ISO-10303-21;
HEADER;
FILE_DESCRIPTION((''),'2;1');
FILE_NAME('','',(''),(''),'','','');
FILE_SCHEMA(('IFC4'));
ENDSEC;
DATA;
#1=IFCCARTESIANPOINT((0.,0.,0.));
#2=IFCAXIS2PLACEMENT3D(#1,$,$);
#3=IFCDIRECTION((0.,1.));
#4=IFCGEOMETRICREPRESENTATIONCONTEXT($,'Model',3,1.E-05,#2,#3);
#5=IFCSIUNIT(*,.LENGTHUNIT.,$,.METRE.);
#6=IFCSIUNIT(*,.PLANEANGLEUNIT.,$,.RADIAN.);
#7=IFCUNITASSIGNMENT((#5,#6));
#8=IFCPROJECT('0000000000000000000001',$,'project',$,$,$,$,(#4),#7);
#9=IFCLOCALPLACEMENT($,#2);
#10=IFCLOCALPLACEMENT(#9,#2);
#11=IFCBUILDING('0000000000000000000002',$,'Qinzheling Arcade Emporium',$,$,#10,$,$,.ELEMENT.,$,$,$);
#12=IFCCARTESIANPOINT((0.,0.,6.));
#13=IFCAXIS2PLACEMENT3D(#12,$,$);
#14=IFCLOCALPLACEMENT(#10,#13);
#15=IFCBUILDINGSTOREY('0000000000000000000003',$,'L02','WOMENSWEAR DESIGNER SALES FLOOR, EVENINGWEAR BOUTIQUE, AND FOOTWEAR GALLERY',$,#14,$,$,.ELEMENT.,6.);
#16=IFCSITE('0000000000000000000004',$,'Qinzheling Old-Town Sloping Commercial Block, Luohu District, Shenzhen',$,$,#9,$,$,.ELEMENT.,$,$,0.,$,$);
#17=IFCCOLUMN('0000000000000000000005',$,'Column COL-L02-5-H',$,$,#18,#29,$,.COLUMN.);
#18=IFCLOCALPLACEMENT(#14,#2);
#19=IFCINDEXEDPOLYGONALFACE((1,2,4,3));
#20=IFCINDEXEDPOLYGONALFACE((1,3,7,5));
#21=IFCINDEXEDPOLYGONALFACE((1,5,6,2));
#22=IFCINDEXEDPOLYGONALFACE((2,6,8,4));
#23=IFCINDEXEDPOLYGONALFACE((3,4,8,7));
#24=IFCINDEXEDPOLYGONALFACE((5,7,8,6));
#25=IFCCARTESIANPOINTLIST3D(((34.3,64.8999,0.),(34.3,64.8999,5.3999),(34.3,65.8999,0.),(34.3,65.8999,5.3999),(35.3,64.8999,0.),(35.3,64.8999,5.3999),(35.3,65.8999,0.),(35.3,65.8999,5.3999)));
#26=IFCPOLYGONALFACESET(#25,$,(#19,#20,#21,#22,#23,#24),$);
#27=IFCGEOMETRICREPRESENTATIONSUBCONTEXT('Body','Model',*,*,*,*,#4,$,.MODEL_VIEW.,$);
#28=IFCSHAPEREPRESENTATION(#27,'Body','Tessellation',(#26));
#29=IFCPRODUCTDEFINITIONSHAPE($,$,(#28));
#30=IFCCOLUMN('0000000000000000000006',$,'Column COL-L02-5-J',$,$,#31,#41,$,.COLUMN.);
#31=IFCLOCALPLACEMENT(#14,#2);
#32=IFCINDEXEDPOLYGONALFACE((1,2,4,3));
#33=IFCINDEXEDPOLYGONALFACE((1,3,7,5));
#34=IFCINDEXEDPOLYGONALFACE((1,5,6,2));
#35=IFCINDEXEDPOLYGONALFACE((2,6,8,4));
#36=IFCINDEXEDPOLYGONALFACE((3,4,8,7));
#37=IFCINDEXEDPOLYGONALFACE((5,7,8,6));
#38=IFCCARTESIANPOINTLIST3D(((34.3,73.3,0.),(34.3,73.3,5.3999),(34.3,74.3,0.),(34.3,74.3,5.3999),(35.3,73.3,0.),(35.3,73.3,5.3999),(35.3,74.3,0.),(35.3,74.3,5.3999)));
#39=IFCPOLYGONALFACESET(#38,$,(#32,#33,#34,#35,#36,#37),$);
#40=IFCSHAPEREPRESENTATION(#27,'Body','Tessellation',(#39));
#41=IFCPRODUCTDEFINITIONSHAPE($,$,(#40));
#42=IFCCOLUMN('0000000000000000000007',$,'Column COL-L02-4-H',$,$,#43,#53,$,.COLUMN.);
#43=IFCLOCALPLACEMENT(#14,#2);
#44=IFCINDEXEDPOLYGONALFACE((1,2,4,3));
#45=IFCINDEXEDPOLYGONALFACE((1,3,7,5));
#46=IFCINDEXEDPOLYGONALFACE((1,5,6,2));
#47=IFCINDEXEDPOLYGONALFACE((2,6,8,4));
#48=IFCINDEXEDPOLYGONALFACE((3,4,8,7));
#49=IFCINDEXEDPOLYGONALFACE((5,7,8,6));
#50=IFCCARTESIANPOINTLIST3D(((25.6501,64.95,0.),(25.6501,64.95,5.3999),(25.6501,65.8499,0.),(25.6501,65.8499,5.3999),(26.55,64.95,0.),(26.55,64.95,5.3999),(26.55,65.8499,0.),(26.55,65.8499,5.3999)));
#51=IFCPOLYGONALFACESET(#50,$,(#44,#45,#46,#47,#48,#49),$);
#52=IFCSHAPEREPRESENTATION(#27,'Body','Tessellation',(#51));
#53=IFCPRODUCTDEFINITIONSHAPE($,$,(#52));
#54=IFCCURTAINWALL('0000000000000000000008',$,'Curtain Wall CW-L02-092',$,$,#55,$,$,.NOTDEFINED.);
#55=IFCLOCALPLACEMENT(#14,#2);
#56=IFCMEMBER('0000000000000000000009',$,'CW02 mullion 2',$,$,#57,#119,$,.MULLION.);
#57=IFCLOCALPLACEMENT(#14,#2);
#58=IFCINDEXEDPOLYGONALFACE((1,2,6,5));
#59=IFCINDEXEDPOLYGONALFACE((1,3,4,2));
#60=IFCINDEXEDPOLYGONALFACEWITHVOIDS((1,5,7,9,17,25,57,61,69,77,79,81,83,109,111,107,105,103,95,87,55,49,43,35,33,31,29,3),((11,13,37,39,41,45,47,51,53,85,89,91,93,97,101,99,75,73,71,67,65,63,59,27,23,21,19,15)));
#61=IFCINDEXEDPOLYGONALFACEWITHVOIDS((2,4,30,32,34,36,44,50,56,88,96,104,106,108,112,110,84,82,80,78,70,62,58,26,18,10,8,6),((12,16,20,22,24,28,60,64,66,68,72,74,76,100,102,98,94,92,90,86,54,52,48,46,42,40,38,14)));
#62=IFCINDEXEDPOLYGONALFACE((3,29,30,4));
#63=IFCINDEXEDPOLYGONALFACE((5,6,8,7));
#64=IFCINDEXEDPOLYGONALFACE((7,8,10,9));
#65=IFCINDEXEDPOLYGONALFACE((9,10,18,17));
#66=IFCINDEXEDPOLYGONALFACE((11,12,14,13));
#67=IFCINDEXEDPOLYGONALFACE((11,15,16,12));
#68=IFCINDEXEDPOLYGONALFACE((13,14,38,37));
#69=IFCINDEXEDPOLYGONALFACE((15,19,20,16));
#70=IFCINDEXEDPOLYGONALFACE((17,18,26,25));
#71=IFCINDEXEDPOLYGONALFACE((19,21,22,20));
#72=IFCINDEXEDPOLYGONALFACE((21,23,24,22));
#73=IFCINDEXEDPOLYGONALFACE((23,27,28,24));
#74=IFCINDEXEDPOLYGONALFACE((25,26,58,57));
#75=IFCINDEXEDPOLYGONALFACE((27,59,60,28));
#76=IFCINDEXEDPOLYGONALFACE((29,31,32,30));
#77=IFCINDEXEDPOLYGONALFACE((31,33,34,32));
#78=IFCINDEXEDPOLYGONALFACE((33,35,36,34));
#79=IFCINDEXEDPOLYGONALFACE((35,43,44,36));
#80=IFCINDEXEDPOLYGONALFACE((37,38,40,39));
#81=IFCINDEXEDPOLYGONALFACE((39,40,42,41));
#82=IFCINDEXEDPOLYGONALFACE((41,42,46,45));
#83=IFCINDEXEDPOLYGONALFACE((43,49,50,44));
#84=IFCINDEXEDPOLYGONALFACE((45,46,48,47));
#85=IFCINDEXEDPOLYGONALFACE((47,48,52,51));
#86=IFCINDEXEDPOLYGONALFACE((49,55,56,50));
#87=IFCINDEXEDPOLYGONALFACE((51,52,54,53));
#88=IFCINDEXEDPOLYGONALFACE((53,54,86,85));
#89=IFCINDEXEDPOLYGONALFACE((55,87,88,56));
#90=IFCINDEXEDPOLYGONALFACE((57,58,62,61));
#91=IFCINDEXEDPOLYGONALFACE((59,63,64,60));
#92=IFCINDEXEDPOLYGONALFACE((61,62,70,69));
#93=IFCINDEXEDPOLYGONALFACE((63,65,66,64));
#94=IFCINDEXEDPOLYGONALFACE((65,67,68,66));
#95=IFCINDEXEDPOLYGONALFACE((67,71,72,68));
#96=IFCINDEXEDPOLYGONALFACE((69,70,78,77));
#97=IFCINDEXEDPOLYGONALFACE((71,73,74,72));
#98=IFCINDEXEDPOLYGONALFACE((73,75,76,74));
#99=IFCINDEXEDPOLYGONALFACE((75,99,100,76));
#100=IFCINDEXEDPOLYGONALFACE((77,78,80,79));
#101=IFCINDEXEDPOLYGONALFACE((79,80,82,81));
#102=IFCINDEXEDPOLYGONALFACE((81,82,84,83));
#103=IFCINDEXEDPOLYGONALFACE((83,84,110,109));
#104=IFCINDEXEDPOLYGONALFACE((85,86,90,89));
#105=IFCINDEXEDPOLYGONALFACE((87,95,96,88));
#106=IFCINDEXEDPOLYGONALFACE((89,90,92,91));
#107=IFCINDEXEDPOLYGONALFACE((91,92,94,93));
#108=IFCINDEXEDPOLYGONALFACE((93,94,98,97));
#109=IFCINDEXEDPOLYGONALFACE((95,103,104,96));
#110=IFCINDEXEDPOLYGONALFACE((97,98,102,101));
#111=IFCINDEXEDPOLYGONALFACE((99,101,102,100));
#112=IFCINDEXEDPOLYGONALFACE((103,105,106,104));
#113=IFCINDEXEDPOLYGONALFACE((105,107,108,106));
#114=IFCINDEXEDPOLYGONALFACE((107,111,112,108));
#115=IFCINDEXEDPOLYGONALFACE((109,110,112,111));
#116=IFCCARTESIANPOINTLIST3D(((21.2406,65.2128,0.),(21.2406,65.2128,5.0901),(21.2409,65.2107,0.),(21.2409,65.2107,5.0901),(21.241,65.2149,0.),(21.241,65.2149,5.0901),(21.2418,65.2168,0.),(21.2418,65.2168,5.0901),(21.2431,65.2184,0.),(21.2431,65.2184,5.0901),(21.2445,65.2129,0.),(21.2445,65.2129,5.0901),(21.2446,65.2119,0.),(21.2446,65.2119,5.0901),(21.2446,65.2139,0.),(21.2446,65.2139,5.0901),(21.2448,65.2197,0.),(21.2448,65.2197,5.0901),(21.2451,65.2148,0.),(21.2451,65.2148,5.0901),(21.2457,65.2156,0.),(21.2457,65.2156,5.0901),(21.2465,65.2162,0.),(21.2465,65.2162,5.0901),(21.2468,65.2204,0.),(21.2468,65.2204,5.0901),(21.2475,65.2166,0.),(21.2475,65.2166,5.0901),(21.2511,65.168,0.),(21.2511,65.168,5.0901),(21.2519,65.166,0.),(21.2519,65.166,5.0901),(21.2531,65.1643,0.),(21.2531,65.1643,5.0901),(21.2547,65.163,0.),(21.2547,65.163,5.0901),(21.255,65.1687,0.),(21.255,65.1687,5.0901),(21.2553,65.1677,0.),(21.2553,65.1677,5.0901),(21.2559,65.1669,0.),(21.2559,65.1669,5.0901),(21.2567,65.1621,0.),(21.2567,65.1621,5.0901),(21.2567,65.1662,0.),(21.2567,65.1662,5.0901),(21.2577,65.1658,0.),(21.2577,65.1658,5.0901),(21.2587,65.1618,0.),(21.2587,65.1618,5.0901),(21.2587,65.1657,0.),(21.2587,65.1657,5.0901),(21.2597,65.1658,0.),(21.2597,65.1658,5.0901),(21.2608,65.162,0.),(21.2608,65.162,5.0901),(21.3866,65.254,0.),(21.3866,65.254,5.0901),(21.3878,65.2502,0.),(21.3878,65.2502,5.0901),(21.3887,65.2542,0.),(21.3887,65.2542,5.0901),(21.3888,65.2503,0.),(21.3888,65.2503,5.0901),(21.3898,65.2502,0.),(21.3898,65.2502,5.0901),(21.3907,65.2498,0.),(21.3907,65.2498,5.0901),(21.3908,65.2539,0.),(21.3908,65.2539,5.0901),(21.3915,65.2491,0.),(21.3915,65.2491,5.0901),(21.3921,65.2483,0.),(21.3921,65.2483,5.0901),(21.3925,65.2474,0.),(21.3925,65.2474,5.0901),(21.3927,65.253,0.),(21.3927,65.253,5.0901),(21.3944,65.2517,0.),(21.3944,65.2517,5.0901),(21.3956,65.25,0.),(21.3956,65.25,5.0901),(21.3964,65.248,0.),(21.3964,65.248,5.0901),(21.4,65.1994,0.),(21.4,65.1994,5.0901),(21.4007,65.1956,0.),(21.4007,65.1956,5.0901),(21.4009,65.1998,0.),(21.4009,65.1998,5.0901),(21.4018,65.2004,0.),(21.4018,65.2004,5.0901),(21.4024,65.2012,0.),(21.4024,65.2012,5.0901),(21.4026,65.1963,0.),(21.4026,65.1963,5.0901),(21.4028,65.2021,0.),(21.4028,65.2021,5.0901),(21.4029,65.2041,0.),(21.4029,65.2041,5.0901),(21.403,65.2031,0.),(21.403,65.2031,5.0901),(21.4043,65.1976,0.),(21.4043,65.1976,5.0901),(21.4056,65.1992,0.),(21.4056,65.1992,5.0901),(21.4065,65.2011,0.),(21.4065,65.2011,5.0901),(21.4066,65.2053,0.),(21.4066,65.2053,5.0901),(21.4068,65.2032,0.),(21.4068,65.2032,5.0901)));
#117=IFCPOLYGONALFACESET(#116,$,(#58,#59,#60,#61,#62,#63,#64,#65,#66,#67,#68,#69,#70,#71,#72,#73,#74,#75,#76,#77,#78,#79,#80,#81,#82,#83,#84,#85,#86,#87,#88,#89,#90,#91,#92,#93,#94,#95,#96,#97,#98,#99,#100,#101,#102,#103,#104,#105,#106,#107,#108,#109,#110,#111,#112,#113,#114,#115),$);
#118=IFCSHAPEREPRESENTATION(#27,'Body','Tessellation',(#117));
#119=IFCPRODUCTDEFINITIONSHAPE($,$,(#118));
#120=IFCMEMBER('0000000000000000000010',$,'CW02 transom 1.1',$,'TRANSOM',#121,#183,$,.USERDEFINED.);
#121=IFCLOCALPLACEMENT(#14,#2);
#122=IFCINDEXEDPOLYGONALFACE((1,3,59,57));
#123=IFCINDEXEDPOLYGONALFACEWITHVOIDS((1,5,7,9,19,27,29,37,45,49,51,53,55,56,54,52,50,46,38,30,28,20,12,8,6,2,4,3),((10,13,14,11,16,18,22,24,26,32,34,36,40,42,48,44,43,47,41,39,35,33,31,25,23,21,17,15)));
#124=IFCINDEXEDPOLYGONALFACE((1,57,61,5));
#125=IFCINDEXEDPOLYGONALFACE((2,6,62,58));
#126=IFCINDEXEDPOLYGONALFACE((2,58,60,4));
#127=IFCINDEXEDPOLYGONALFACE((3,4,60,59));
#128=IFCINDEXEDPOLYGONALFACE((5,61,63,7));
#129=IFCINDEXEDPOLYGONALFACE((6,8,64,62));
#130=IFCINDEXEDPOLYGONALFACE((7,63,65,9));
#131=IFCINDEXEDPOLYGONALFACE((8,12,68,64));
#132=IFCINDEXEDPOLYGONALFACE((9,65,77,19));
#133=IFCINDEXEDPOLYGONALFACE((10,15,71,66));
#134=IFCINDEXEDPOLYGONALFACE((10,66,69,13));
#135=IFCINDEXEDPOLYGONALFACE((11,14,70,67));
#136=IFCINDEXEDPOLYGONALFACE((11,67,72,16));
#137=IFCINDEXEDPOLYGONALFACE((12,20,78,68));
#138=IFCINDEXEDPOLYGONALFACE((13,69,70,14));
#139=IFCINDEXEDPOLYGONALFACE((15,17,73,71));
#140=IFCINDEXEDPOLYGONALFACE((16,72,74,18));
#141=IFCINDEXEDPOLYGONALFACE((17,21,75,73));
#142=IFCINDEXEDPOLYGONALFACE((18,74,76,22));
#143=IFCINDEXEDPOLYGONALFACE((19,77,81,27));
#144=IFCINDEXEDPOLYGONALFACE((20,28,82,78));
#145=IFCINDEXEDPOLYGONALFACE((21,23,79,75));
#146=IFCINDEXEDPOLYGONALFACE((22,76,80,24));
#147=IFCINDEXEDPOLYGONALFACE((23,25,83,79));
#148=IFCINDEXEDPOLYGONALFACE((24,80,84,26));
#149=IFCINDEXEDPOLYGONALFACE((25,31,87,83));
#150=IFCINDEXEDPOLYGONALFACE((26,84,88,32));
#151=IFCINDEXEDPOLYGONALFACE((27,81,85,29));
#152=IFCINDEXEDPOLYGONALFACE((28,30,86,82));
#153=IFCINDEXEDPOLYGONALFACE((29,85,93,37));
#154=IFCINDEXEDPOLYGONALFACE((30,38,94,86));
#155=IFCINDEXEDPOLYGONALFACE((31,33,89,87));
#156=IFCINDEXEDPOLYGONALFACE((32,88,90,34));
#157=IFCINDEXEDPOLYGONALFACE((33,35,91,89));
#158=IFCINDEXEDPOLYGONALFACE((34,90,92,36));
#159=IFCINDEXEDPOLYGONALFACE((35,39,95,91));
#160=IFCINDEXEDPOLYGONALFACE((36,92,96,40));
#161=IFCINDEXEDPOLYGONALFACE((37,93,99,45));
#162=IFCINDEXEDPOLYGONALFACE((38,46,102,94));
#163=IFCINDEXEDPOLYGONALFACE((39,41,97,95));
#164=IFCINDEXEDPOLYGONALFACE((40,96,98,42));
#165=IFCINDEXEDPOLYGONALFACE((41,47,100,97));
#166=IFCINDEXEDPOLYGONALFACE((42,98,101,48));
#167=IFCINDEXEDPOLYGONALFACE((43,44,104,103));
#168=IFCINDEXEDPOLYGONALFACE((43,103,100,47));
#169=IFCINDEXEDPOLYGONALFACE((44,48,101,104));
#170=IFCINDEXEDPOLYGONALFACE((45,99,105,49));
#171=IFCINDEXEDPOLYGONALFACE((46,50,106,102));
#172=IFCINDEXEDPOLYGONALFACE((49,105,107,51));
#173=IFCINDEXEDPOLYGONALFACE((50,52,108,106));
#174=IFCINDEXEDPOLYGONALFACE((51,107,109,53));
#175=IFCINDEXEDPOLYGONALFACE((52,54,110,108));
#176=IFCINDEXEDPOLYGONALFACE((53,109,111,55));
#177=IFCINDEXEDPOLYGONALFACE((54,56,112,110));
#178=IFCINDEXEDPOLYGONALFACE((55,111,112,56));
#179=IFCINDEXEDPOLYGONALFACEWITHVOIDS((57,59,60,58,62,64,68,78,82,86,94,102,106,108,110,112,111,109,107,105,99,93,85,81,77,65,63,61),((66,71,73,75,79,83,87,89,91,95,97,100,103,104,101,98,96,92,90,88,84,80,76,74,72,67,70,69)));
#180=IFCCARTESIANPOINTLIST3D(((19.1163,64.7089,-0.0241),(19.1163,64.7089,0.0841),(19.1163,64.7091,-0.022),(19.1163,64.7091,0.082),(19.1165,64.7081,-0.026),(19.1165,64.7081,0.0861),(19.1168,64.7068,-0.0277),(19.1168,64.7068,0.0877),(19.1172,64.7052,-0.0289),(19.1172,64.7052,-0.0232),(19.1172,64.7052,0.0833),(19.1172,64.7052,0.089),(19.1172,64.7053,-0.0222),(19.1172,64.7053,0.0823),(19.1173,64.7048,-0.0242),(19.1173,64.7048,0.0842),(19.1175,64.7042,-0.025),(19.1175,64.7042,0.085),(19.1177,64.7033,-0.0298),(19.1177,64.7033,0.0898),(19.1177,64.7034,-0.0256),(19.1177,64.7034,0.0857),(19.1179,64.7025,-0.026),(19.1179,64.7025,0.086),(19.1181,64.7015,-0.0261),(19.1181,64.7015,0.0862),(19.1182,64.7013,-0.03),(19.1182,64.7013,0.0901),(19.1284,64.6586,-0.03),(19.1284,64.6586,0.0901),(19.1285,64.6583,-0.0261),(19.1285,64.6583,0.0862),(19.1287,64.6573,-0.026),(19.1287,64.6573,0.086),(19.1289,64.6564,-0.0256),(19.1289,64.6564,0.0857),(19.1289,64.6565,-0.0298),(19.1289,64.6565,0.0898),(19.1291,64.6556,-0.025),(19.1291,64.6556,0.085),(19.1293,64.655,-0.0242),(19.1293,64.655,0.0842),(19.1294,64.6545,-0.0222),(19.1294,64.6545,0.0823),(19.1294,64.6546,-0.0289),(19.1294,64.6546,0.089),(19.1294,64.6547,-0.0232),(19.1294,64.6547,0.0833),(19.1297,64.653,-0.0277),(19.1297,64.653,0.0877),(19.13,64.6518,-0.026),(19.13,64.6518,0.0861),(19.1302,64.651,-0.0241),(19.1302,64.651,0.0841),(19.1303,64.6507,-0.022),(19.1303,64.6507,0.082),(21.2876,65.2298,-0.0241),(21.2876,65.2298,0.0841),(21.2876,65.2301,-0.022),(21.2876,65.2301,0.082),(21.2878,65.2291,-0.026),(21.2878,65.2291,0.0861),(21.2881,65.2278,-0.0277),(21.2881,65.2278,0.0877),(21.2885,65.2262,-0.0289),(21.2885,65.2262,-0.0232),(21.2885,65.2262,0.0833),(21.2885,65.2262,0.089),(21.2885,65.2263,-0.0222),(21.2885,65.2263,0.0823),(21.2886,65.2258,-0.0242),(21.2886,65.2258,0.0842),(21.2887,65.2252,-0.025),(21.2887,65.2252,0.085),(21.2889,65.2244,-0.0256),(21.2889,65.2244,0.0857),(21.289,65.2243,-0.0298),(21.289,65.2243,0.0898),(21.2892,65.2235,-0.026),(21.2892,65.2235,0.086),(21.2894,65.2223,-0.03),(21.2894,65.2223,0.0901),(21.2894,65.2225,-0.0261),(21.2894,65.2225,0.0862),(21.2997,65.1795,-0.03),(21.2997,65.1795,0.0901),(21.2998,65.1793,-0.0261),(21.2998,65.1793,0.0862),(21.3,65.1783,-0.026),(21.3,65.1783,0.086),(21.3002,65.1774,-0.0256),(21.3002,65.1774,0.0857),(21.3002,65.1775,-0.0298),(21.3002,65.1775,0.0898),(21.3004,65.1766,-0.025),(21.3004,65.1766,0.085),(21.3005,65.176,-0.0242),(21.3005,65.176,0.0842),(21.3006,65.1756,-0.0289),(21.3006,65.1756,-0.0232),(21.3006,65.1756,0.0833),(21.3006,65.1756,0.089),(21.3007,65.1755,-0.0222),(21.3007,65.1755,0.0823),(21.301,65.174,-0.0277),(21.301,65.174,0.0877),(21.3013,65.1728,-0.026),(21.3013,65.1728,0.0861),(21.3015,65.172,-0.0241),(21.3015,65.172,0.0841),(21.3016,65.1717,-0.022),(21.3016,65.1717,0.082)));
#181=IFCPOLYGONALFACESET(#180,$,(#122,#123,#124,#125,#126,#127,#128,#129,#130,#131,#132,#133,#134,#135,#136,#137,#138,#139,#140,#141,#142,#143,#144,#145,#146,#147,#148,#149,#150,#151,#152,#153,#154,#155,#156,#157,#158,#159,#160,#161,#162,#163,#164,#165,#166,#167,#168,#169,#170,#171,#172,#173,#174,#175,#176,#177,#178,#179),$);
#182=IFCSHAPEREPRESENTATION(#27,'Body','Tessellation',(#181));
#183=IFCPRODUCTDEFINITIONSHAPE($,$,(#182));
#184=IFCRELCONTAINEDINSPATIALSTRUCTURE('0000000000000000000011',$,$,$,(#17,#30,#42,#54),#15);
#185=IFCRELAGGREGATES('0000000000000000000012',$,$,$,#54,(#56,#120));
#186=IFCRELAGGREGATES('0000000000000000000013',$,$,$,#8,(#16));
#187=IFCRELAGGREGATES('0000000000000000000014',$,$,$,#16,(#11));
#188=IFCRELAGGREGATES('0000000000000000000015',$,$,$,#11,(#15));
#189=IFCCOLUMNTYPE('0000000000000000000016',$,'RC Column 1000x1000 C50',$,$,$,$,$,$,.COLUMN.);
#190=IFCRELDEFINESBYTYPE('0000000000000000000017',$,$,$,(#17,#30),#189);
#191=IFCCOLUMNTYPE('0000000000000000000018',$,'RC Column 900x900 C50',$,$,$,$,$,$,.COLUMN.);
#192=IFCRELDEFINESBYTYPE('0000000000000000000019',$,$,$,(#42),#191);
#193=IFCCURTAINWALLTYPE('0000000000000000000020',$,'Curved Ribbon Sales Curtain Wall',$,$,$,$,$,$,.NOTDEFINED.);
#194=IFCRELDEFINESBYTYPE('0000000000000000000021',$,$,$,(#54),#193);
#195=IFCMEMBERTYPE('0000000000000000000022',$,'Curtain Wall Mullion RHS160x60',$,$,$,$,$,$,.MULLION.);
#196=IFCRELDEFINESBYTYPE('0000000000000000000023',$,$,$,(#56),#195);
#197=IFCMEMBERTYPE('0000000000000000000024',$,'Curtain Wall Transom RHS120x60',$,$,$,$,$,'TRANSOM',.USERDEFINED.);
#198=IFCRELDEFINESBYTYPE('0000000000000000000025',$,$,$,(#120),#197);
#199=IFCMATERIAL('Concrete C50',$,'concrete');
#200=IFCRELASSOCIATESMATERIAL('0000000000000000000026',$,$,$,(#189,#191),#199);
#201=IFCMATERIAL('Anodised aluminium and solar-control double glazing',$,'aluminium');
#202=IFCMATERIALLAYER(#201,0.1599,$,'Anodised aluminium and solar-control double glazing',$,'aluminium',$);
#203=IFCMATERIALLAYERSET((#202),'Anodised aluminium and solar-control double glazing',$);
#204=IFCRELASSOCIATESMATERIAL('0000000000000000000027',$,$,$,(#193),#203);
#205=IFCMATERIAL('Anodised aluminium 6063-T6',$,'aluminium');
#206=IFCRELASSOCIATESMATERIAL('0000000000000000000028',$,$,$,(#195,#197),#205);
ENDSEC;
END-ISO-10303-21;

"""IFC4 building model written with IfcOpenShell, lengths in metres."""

from ifc_helpers import new_model, si_unit, direction, frame, origin, origin_2d, place, context, subcontext, project, spatial, rectangle, hollow_rectangle, extrude, material, layer, layer_set, material_profile, profile_set, type_object, element, aggregate, save


model = new_model("IFC4")

# Units and contexts
model_context = context("Model", 3, precision=1e-05, world=origin(), true_north=direction((0.0, 1.0)))
body_context = subcontext(model_context, "Body", "Model", "MODEL_VIEW")
ifc_project = project(units=[si_unit("LENGTHUNIT", "METRE"), si_unit("PLANEANGLEUNIT", "RADIAN")], contexts=[model_context])

# Site, building, storey
site_placement = place(None, origin())
site = spatial("IfcSite", under=ifc_project, at=site_placement, Name="Qinzheling Old-Town Sloping Commercial Block, Luohu District, Shenzhen", CompositionType="ELEMENT", RefElevation=0.0)
building_placement = place(site_placement, origin())
building = spatial("IfcBuilding", under=site, at=building_placement, Name="Qinzheling Arcade Emporium", CompositionType="ELEMENT")
storey_placement = place(building_placement, frame((0.0, 0.0, 6.0)))
storey = spatial("IfcBuildingStorey", under=building, at=storey_placement, Name="L02", Description="WOMENSWEAR DESIGNER SALES FLOOR, EVENINGWEAR BOUTIQUE, AND FOOTWEAR GALLERY", CompositionType="ELEMENT", Elevation=6.0)

# Columns
ifc_material_1 = material(Name="Concrete C50", Category="concrete")
ifc_material_profile_1 = material_profile(ifc_material_1, rectangle(XDim=1.0, YDim=1.0, at=origin_2d()), Name="RC 1000x1000", Category="concrete")
ifc_profile_set_1 = profile_set([ifc_material_profile_1], Name="Concrete C50")
column_type_1 = type_object("IfcColumnType", Name="RC Column 1000x1000 C50", PredefinedType="COLUMN", material=ifc_profile_set_1)
for number, where, z_axis, x_axis, name in (
    (1, (34.8, 65.3999, 0.0), (0.0, 0.0, 1.0), (1.0, 0.0, 0.0), "Column COL-L02-5-H"),
    (2, (34.8, 73.8, 0.0), (0.0, 0.0, 1.0), (1.0, 0.0, 0.0), "Column COL-L02-5-J"),
):
    element("IfcColumn", number, at=place(storey_placement, frame(where, z_axis=z_axis, x_axis=x_axis)), inside=storey, type_object=column_type_1, Name=name, PredefinedType="COLUMN", context=body_context, shape_type="SweptSolid", body=[
        extrude(rectangle(XDim=1.0, YDim=1.0, at=origin_2d()), origin(), (0.0, 0.0, 1.0), 5.3999),
    ])
ifc_material_profile_2 = material_profile(ifc_material_1, rectangle(XDim=0.8999, YDim=0.8999, at=origin_2d()), Name="RC 900x900", Category="concrete")
ifc_profile_set_2 = profile_set([ifc_material_profile_2], Name="Concrete C50")
column_type_2 = type_object("IfcColumnType", Name="RC Column 900x900 C50", PredefinedType="COLUMN", material=ifc_profile_set_2)
column_placement = place(storey_placement, frame((26.1001, 65.3999, 0.0), z_axis=(0.0, 0.0, 1.0), x_axis=(1.0, 0.0, 0.0)))
element("IfcColumn", 3, at=column_placement, inside=storey, type_object=column_type_2, Name="Column COL-L02-4-H", PredefinedType="COLUMN", context=body_context, shape_type="SweptSolid", body=[
    extrude(rectangle(XDim=0.8999, YDim=0.8999, at=origin_2d()), origin(), (0.0, 0.0, 1.0), 5.3999),
])

# Curtain wall, members
ifc_material_2 = material(Name="Anodised aluminium and solar-control double glazing", Category="aluminium")
ifc_layer_1 = layer(ifc_material_2, 0.1599, Name="Anodised aluminium and solar-control double glazing", Category="aluminium")
ifc_layer_set_1 = layer_set([ifc_layer_1], Name="Anodised aluminium and solar-control double glazing")
curtain_wall_type = type_object("IfcCurtainWallType", Name="Curved Ribbon Sales Curtain Wall", PredefinedType="NOTDEFINED", material=ifc_layer_set_1)
curtain_wall_placement = place(storey_placement, origin())
curtain_wall = element("IfcCurtainWall", 4, at=curtain_wall_placement, inside=storey, type_object=curtain_wall_type, Name="Curtain Wall CW-L02-092", PredefinedType="NOTDEFINED")
ifc_material_3 = material(Name="Anodised aluminium 6063-T6", Category="aluminium")
ifc_material_profile_3 = material_profile(ifc_material_3, hollow_rectangle(XDim=0.0601, YDim=0.1599, WallThickness=0.0039, InnerFilletRadius=0.0039, OuterFilletRadius=0.0081, at=origin_2d()), Name="RHS 160x60x4", Category="aluminium")
ifc_profile_set_3 = profile_set([ifc_material_profile_3], Name="Anodised aluminium 6063-T6")
member_type_1 = type_object("IfcMemberType", Name="Curtain Wall Mullion RHS160x60", PredefinedType="MULLION", material=ifc_profile_set_3)
member_1_placement = place(storey_placement, frame((21.3237, 65.208, 0.0), z_axis=(0.0, 0.0, 1.0), x_axis=(-0.233325, 0.972399, 0.0)))
member_1 = element("IfcMember", 5, at=member_1_placement, type_object=member_type_1, Name="CW02 mullion 2", PredefinedType="MULLION", context=body_context, shape_type="SweptSolid", body=[
    extrude(hollow_rectangle(XDim=0.0601, YDim=0.1599, WallThickness=0.0039, InnerFilletRadius=0.0039, OuterFilletRadius=0.0081, at=origin_2d()), origin(), (0.0, 0.0, 1.0), 5.0901),
])
ifc_material_profile_4 = material_profile(ifc_material_3, hollow_rectangle(XDim=0.0601, YDim=0.1201, WallThickness=0.0039, InnerFilletRadius=0.0039, OuterFilletRadius=0.0081, at=origin_2d()), Name="RHS 120x60x4", Category="aluminium")
ifc_profile_set_4 = profile_set([ifc_material_profile_4], Name="Anodised aluminium 6063-T6")
member_type_2 = type_object("IfcMemberType", Name="Curtain Wall Transom RHS120x60", ElementType="TRANSOM", PredefinedType="USERDEFINED", material=ifc_profile_set_4)
member_2_placement = place(storey_placement, frame((19.1233, 64.6799, 0.03), z_axis=(0.972401, 0.233315, 0.0), x_axis=(-0.233315, 0.972401, 0.0)))
member_2 = element("IfcMember", 6, at=member_2_placement, type_object=member_type_2, Name="CW02 transom 1.1", ObjectType="TRANSOM", PredefinedType="USERDEFINED", context=body_context, shape_type="SweptSolid", body=[
    extrude(hollow_rectangle(XDim=0.0601, YDim=0.1201, WallThickness=0.0039, InnerFilletRadius=0.0039, OuterFilletRadius=0.0081, at=origin_2d()), origin(), (0.0, 0.0, 1.0), 2.2329),
])

aggregate(curtain_wall, [member_1, member_2])

save(model, "model.ifc")
